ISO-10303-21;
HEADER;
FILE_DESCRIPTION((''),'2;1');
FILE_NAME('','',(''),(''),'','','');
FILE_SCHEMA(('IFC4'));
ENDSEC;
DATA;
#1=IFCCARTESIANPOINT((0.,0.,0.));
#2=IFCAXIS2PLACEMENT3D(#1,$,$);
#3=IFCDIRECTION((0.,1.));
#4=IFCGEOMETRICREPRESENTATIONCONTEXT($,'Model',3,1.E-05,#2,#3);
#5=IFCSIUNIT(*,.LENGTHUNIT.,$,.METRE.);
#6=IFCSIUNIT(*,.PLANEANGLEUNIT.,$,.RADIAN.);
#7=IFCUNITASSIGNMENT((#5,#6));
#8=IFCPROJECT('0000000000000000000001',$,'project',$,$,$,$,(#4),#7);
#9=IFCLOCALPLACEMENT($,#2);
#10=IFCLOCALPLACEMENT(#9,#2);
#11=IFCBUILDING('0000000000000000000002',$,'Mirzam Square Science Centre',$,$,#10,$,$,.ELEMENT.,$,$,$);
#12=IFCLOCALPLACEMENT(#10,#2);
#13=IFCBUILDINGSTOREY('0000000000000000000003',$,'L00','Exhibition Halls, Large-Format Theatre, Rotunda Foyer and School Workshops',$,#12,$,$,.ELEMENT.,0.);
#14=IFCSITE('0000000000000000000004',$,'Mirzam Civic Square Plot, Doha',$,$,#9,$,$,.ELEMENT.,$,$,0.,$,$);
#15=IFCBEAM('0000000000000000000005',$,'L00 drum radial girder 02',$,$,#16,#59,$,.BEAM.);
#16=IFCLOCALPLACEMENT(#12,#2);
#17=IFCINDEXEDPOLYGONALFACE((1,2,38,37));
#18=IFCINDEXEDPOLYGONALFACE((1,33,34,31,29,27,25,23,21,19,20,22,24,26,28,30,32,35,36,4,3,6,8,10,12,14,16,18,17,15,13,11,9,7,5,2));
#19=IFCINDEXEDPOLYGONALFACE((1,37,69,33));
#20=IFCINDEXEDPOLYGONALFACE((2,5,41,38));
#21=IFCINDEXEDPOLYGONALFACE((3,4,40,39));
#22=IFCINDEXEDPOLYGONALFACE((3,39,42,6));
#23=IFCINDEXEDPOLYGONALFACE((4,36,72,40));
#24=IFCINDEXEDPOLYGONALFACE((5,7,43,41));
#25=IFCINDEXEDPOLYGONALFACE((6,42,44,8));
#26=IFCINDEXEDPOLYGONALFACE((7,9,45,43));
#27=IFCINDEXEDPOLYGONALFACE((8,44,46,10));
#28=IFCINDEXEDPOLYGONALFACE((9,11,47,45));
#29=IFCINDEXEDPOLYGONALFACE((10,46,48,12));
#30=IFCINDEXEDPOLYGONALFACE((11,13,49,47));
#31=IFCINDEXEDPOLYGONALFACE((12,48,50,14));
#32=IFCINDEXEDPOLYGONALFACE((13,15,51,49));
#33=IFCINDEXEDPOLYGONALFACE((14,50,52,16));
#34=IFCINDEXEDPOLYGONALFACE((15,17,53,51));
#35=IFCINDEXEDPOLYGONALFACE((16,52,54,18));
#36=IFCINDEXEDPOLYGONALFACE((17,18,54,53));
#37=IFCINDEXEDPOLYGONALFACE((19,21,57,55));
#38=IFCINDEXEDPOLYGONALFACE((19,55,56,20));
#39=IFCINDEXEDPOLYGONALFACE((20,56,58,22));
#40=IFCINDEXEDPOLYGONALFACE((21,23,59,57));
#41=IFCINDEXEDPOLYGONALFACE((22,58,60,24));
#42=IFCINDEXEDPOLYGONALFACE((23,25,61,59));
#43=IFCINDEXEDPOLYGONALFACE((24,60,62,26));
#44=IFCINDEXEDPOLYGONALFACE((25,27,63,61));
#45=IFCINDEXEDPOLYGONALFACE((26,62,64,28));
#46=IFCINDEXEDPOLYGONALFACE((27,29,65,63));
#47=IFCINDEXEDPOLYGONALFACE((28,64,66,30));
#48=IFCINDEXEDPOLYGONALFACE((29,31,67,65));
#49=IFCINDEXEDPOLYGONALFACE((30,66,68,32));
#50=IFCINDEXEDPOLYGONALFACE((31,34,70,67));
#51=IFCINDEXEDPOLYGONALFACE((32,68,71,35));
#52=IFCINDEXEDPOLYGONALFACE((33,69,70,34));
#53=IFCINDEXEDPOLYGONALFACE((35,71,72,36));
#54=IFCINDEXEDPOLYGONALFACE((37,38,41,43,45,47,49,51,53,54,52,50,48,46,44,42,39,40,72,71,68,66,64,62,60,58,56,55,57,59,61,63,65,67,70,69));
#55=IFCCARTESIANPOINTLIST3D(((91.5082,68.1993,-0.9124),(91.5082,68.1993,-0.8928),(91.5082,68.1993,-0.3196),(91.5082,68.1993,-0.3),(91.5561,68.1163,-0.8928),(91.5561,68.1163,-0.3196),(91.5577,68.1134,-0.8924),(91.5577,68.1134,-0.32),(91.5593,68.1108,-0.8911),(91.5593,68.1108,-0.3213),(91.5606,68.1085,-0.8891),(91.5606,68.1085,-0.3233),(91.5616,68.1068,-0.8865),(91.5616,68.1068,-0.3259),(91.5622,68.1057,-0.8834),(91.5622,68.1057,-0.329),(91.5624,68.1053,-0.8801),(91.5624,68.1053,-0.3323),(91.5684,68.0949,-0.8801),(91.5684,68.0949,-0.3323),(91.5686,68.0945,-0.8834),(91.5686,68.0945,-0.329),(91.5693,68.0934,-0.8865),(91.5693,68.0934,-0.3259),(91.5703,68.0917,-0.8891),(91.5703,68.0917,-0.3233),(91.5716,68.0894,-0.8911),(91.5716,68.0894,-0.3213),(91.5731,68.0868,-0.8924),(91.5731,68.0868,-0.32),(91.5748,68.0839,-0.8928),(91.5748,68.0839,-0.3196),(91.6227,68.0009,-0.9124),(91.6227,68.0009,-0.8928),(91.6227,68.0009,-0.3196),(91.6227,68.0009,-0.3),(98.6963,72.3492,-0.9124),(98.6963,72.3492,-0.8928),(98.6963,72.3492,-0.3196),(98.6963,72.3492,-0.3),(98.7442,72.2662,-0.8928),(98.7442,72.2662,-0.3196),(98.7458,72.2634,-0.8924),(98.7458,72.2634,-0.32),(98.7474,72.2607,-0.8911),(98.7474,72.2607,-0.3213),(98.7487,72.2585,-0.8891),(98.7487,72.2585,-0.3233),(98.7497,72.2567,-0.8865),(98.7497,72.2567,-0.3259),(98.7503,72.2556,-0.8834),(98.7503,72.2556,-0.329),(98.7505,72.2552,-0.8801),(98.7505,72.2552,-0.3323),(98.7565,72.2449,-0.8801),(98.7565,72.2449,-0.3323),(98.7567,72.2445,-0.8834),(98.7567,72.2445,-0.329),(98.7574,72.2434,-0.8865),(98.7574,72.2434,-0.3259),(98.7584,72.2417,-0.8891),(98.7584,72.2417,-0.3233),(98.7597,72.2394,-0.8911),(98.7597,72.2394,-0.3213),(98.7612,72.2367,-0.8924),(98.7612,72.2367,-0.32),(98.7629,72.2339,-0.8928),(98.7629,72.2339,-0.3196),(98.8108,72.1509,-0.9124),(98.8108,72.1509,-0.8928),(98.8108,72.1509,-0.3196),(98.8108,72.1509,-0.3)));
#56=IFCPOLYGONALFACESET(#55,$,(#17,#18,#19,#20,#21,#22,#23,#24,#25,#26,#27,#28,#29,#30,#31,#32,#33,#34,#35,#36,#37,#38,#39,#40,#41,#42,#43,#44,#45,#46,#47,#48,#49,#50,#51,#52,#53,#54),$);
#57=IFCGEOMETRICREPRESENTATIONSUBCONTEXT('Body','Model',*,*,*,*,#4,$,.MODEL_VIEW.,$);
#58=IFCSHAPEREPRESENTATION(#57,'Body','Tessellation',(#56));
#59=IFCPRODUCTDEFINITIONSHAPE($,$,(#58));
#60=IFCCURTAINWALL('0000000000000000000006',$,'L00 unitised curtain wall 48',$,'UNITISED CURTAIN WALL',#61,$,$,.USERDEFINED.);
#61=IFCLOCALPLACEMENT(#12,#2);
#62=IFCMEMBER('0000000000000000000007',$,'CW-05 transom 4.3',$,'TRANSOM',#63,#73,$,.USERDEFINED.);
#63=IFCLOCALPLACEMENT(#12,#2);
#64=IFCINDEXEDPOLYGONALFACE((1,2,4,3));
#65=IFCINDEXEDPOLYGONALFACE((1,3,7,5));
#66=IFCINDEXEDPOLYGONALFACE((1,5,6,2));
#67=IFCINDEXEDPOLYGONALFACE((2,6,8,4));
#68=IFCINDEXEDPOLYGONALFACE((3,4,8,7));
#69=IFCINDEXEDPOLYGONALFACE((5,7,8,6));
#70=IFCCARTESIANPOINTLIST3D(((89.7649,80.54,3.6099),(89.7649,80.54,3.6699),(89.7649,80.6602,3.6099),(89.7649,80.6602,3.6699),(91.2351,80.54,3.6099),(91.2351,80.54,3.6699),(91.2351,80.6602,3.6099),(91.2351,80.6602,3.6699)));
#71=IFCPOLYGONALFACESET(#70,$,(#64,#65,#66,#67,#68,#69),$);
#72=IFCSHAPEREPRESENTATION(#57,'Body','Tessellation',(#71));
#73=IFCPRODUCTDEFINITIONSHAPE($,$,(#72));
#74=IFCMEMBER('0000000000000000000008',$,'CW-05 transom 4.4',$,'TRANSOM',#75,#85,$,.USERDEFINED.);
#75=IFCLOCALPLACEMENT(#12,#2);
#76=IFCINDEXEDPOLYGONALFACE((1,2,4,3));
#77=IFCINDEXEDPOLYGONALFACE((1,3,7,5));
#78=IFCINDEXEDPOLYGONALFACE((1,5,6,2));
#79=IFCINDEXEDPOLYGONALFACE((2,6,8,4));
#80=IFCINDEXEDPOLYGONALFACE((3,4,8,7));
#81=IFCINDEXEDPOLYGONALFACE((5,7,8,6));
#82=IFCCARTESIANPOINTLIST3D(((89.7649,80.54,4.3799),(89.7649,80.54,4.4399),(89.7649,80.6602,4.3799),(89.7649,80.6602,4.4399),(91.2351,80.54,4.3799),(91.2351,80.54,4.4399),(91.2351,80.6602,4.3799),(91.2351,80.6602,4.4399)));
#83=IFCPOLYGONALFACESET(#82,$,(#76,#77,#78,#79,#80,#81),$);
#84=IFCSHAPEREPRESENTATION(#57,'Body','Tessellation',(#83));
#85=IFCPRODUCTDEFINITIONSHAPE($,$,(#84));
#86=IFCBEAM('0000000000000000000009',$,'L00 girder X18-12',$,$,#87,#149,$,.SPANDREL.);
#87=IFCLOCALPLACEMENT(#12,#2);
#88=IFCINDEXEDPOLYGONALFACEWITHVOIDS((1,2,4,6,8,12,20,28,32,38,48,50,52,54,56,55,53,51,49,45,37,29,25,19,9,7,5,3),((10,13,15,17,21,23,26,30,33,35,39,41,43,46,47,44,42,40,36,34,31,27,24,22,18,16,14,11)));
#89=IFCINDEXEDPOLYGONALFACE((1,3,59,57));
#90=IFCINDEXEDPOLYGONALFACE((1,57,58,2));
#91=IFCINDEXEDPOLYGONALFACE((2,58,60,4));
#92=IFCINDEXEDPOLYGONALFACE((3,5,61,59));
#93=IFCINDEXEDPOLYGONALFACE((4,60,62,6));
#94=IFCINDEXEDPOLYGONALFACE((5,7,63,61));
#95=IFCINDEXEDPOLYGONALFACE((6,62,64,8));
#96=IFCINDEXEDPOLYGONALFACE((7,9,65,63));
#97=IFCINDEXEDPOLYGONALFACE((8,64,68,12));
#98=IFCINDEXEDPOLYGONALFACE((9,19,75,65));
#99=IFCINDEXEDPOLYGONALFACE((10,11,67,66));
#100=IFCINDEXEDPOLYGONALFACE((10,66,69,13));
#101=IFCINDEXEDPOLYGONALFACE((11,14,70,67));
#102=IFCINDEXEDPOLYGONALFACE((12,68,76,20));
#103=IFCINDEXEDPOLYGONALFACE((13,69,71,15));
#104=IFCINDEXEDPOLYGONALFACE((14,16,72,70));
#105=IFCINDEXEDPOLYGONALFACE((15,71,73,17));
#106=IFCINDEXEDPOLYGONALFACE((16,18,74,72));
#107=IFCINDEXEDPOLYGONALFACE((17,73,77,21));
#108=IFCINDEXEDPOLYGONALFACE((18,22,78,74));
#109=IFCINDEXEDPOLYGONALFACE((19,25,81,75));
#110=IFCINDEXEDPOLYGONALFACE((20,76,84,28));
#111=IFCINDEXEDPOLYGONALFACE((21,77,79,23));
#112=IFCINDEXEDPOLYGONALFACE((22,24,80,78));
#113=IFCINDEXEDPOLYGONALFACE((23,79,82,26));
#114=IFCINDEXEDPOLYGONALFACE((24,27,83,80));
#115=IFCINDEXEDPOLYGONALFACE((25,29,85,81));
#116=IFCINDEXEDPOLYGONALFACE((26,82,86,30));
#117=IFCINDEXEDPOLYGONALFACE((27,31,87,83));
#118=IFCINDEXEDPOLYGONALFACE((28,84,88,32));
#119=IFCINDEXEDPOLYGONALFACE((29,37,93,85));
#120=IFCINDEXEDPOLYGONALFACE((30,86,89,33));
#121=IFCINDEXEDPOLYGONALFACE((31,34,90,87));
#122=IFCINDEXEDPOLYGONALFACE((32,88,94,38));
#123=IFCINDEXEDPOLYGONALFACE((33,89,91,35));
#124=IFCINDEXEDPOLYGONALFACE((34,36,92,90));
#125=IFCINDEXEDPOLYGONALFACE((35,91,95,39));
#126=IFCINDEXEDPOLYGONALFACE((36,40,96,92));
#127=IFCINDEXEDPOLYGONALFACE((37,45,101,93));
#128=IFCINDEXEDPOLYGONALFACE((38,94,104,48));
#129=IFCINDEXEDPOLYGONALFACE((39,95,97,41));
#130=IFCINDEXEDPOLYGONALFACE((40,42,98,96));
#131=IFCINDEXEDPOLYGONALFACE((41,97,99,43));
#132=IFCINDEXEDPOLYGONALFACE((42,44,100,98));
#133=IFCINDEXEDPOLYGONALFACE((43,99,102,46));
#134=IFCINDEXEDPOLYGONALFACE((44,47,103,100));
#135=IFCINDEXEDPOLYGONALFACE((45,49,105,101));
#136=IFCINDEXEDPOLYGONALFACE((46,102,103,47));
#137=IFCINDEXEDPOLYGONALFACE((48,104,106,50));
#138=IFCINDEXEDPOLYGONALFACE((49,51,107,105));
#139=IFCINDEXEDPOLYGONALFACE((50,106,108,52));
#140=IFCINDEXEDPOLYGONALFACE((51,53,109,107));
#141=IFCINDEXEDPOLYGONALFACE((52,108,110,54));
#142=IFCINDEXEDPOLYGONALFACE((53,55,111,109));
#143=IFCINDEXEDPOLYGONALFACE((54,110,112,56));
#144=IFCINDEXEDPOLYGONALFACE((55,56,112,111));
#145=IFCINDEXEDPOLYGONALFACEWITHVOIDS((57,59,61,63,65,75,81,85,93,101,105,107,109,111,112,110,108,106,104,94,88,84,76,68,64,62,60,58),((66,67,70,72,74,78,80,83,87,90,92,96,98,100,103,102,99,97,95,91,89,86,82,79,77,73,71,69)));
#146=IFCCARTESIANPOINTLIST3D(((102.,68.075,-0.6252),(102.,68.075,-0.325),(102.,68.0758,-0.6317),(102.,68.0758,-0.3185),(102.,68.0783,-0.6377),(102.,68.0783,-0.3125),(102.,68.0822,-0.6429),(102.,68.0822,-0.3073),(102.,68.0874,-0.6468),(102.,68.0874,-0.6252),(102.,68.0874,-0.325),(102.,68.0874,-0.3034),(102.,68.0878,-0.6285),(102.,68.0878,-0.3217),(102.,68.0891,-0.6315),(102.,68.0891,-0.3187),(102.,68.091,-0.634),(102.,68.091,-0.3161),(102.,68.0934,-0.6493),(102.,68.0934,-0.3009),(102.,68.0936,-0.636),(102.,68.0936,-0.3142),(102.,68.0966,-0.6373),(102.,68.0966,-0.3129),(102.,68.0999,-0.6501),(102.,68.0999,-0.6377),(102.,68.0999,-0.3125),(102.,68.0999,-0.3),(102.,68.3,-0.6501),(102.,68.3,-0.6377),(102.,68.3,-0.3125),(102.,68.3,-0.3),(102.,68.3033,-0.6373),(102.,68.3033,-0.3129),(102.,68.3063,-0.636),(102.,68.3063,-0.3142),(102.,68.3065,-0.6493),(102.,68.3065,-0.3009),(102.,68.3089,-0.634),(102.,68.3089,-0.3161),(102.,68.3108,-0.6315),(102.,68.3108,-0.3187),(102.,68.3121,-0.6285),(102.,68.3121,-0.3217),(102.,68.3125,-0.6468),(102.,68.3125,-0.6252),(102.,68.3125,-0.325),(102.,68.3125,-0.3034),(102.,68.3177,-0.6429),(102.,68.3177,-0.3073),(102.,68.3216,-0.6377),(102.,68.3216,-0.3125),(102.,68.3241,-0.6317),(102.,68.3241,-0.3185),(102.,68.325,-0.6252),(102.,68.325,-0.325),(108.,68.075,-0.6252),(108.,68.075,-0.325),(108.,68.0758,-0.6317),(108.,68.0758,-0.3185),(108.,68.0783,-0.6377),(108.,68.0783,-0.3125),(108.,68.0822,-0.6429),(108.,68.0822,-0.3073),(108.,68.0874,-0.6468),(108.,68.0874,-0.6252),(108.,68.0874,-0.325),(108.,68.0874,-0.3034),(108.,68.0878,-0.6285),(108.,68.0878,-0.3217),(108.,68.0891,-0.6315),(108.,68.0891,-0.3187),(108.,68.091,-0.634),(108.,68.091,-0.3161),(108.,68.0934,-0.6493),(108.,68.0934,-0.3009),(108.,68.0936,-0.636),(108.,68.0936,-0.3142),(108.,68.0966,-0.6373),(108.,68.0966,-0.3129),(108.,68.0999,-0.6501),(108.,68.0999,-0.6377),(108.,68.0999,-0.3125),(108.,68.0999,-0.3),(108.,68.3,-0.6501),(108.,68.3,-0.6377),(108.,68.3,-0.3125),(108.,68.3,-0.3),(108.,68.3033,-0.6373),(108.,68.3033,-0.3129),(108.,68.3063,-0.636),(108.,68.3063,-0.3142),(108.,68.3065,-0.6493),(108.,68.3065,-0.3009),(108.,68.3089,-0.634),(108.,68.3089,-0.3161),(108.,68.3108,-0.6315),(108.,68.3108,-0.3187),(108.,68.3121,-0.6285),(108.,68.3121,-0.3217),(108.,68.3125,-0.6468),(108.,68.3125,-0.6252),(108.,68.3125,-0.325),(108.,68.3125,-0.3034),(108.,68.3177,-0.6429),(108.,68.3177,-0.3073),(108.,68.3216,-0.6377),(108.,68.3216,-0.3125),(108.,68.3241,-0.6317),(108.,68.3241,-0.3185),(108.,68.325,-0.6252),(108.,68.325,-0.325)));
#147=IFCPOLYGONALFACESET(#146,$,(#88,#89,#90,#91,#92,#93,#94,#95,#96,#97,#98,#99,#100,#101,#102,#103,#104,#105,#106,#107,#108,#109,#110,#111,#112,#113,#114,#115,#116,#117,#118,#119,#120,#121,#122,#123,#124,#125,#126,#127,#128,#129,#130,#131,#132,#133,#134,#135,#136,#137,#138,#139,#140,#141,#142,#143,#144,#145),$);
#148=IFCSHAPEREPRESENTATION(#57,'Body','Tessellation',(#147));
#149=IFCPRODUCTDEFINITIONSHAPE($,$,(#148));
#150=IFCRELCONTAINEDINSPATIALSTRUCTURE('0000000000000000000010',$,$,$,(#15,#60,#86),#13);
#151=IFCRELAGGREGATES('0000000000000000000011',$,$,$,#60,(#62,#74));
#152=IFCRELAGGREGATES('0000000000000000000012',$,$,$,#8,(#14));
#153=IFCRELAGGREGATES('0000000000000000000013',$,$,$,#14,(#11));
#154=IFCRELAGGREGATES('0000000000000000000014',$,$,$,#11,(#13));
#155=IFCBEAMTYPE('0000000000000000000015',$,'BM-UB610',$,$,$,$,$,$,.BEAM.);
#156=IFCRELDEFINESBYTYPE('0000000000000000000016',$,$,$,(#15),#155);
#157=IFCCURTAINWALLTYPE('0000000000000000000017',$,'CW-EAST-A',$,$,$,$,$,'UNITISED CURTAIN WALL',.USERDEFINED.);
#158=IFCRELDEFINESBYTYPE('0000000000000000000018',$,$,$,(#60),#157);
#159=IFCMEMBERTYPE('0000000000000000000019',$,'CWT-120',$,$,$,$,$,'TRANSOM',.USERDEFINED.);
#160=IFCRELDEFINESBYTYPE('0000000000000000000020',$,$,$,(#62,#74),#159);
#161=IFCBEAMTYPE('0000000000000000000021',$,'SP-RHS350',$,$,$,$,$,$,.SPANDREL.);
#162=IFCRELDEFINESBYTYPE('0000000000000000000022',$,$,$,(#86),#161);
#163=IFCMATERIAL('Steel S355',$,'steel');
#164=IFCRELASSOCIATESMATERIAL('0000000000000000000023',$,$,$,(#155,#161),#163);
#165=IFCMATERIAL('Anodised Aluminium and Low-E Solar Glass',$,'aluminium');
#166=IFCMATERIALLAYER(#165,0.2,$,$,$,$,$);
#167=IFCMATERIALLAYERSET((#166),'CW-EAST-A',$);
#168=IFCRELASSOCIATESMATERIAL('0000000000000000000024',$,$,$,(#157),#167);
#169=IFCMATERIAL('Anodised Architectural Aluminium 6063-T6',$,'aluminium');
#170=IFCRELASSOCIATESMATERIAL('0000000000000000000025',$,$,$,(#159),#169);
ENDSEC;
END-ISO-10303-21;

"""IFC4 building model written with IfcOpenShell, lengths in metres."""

from ifc_helpers import new_model, si_unit, direction, frame, origin, origin_2d, place, context, subcontext, project, spatial, rectangle, hollow_rectangle, i_section, extrude, material, layer, layer_set, material_profile, profile_set, type_object, element, aggregate, save


model = new_model("IFC4")

# Units and contexts
model_context = context("Model", 3, precision=1e-05, world=origin(), true_north=direction((0.0, 1.0)))
body_context = subcontext(model_context, "Body", "Model", "MODEL_VIEW")
ifc_project = project(units=[si_unit("LENGTHUNIT", "METRE"), si_unit("PLANEANGLEUNIT", "RADIAN")], contexts=[model_context])

# Site, building, storey
site_placement = place(None, origin())
site = spatial("IfcSite", under=ifc_project, at=site_placement, Name="Mirzam Civic Square Plot, Doha", CompositionType="ELEMENT", RefElevation=0.0)
building_placement = place(site_placement, origin())
building = spatial("IfcBuilding", under=site, at=building_placement, Name="Mirzam Square Science Centre", CompositionType="ELEMENT")
storey_placement = place(building_placement, origin())
storey = spatial("IfcBuildingStorey", under=building, at=storey_placement, Name="L00", Description="Exhibition Halls, Large-Format Theatre, Rotunda Foyer and School Workshops", CompositionType="ELEMENT", Elevation=0.0)

# Shared definitions
ifc_material_1 = material(Name="Steel S355", Category="steel")

# Beam
ifc_material_profile_1 = material_profile(ifc_material_1, i_section(OverallWidth=0.229, OverallDepth=0.6123, WebThickness=0.012, FlangeThickness=0.0195, FilletRadius=0.0127, at=origin_2d()), Name="610x229x125UB")
ifc_profile_set_1 = profile_set([ifc_material_profile_1], Name="Steel S355")
beam_type_1 = type_object("IfcBeamType", Name="BM-UB610", PredefinedType="BEAM", material=ifc_profile_set_1)
for number, where, z_axis, x_axis, name in (
    (1, (91.5654, 68.1001, -0.6062), (0.86603, 0.499992, 0.0), (-0.499992, 0.86603, 0.0), "L00 drum radial girder 02"),
):
    element("IfcBeam", number, at=place(storey_placement, frame(where, z_axis=z_axis, x_axis=x_axis)), inside=storey, type_object=beam_type_1, Name=name, PredefinedType="BEAM", context=body_context, shape_type="SweptSolid", body=[
        extrude(i_section(OverallWidth=0.229, OverallDepth=0.6123, WebThickness=0.012, FlangeThickness=0.0195, FilletRadius=0.0127, at=origin_2d()), origin(), (0.0, 0.0, 1.0), 8.3),
    ])

# Curtain wall, members
ifc_material_2 = material(Name="Anodised Aluminium and Low-E Solar Glass", Category="aluminium")
ifc_layer_1 = layer(ifc_material_2, 0.2)
ifc_layer_set_1 = layer_set([ifc_layer_1], Name="CW-EAST-A")
curtain_wall_type = type_object("IfcCurtainWallType", Name="CW-EAST-A", ElementType="UNITISED CURTAIN WALL", PredefinedType="USERDEFINED", material=ifc_layer_set_1)
curtain_wall_placement = place(storey_placement, origin())
curtain_wall = element("IfcCurtainWall", 2, at=curtain_wall_placement, inside=storey, type_object=curtain_wall_type, Name="L00 unitised curtain wall 48", ObjectType="UNITISED CURTAIN WALL", PredefinedType="USERDEFINED")
ifc_material_3 = material(Name="Anodised Architectural Aluminium 6063-T6", Category="aluminium")
ifc_material_profile_2 = material_profile(ifc_material_3, rectangle(XDim=0.1201, YDim=0.0601, at=origin_2d()), Name="ALU-TRAN-120x60x4")
ifc_profile_set_2 = profile_set([ifc_material_profile_2], Name="Anodised Architectural Aluminium 6063-T6")
member_type = type_object("IfcMemberType", Name="CWT-120", ElementType="TRANSOM", PredefinedType="USERDEFINED", material=ifc_profile_set_2)
member_1_placement = place(storey_placement, frame((91.2351, 80.6001, 3.6399), z_axis=(-1.0, 0.0, 0.0), x_axis=(0.0, -1.0, 0.0)))
member_1 = element("IfcMember", 3, at=member_1_placement, type_object=member_type, Name="CW-05 transom 4.3", ObjectType="TRANSOM", PredefinedType="USERDEFINED", context=body_context, shape_type="SweptSolid", body=[
    extrude(rectangle(XDim=0.1201, YDim=0.0601, at=origin_2d()), origin(), (0.0, 0.0, 1.0), 1.4702),
])
member_2_placement = place(storey_placement, frame((91.2351, 80.6001, 4.4099), z_axis=(-1.0, 0.0, 0.0), x_axis=(0.0, -1.0, 0.0)))
member_2 = element("IfcMember", 4, at=member_2_placement, type_object=member_type, Name="CW-05 transom 4.4", ObjectType="TRANSOM", PredefinedType="USERDEFINED", context=body_context, shape_type="SweptSolid", body=[
    extrude(rectangle(XDim=0.1201, YDim=0.0601, at=origin_2d()), origin(), (0.0, 0.0, 1.0), 1.4702),
])
aggregate(curtain_wall, [member_1, member_2])

# Beam
ifc_material_profile_3 = material_profile(ifc_material_1, hollow_rectangle(XDim=0.25, YDim=0.3501, WallThickness=0.0125, InnerFilletRadius=0.0125, OuterFilletRadius=0.0249, at=origin_2d()), Name="350x250x12.5RHS")
ifc_profile_set_3 = profile_set([ifc_material_profile_3], Name="Steel S355")
beam_type_2 = type_object("IfcBeamType", Name="SP-RHS350", PredefinedType="SPANDREL", material=ifc_profile_set_3)
beam_1_placement = place(storey_placement, frame((102.0, 68.2, -0.4751), z_axis=(1.0, 0.0, 0.0), x_axis=(0.0, 1.0, 0.0)))
element("IfcBeam", 5, at=beam_1_placement, inside=storey, type_object=beam_type_2, Name="L00 girder X18-12", PredefinedType="SPANDREL", context=body_context, shape_type="SweptSolid", body=[
    extrude(hollow_rectangle(XDim=0.25, YDim=0.3501, WallThickness=0.0125, InnerFilletRadius=0.0125, OuterFilletRadius=0.0249, at=origin_2d()), origin(), (0.0, 0.0, 1.0), 6.0),
])

save(model, "model.ifc")
